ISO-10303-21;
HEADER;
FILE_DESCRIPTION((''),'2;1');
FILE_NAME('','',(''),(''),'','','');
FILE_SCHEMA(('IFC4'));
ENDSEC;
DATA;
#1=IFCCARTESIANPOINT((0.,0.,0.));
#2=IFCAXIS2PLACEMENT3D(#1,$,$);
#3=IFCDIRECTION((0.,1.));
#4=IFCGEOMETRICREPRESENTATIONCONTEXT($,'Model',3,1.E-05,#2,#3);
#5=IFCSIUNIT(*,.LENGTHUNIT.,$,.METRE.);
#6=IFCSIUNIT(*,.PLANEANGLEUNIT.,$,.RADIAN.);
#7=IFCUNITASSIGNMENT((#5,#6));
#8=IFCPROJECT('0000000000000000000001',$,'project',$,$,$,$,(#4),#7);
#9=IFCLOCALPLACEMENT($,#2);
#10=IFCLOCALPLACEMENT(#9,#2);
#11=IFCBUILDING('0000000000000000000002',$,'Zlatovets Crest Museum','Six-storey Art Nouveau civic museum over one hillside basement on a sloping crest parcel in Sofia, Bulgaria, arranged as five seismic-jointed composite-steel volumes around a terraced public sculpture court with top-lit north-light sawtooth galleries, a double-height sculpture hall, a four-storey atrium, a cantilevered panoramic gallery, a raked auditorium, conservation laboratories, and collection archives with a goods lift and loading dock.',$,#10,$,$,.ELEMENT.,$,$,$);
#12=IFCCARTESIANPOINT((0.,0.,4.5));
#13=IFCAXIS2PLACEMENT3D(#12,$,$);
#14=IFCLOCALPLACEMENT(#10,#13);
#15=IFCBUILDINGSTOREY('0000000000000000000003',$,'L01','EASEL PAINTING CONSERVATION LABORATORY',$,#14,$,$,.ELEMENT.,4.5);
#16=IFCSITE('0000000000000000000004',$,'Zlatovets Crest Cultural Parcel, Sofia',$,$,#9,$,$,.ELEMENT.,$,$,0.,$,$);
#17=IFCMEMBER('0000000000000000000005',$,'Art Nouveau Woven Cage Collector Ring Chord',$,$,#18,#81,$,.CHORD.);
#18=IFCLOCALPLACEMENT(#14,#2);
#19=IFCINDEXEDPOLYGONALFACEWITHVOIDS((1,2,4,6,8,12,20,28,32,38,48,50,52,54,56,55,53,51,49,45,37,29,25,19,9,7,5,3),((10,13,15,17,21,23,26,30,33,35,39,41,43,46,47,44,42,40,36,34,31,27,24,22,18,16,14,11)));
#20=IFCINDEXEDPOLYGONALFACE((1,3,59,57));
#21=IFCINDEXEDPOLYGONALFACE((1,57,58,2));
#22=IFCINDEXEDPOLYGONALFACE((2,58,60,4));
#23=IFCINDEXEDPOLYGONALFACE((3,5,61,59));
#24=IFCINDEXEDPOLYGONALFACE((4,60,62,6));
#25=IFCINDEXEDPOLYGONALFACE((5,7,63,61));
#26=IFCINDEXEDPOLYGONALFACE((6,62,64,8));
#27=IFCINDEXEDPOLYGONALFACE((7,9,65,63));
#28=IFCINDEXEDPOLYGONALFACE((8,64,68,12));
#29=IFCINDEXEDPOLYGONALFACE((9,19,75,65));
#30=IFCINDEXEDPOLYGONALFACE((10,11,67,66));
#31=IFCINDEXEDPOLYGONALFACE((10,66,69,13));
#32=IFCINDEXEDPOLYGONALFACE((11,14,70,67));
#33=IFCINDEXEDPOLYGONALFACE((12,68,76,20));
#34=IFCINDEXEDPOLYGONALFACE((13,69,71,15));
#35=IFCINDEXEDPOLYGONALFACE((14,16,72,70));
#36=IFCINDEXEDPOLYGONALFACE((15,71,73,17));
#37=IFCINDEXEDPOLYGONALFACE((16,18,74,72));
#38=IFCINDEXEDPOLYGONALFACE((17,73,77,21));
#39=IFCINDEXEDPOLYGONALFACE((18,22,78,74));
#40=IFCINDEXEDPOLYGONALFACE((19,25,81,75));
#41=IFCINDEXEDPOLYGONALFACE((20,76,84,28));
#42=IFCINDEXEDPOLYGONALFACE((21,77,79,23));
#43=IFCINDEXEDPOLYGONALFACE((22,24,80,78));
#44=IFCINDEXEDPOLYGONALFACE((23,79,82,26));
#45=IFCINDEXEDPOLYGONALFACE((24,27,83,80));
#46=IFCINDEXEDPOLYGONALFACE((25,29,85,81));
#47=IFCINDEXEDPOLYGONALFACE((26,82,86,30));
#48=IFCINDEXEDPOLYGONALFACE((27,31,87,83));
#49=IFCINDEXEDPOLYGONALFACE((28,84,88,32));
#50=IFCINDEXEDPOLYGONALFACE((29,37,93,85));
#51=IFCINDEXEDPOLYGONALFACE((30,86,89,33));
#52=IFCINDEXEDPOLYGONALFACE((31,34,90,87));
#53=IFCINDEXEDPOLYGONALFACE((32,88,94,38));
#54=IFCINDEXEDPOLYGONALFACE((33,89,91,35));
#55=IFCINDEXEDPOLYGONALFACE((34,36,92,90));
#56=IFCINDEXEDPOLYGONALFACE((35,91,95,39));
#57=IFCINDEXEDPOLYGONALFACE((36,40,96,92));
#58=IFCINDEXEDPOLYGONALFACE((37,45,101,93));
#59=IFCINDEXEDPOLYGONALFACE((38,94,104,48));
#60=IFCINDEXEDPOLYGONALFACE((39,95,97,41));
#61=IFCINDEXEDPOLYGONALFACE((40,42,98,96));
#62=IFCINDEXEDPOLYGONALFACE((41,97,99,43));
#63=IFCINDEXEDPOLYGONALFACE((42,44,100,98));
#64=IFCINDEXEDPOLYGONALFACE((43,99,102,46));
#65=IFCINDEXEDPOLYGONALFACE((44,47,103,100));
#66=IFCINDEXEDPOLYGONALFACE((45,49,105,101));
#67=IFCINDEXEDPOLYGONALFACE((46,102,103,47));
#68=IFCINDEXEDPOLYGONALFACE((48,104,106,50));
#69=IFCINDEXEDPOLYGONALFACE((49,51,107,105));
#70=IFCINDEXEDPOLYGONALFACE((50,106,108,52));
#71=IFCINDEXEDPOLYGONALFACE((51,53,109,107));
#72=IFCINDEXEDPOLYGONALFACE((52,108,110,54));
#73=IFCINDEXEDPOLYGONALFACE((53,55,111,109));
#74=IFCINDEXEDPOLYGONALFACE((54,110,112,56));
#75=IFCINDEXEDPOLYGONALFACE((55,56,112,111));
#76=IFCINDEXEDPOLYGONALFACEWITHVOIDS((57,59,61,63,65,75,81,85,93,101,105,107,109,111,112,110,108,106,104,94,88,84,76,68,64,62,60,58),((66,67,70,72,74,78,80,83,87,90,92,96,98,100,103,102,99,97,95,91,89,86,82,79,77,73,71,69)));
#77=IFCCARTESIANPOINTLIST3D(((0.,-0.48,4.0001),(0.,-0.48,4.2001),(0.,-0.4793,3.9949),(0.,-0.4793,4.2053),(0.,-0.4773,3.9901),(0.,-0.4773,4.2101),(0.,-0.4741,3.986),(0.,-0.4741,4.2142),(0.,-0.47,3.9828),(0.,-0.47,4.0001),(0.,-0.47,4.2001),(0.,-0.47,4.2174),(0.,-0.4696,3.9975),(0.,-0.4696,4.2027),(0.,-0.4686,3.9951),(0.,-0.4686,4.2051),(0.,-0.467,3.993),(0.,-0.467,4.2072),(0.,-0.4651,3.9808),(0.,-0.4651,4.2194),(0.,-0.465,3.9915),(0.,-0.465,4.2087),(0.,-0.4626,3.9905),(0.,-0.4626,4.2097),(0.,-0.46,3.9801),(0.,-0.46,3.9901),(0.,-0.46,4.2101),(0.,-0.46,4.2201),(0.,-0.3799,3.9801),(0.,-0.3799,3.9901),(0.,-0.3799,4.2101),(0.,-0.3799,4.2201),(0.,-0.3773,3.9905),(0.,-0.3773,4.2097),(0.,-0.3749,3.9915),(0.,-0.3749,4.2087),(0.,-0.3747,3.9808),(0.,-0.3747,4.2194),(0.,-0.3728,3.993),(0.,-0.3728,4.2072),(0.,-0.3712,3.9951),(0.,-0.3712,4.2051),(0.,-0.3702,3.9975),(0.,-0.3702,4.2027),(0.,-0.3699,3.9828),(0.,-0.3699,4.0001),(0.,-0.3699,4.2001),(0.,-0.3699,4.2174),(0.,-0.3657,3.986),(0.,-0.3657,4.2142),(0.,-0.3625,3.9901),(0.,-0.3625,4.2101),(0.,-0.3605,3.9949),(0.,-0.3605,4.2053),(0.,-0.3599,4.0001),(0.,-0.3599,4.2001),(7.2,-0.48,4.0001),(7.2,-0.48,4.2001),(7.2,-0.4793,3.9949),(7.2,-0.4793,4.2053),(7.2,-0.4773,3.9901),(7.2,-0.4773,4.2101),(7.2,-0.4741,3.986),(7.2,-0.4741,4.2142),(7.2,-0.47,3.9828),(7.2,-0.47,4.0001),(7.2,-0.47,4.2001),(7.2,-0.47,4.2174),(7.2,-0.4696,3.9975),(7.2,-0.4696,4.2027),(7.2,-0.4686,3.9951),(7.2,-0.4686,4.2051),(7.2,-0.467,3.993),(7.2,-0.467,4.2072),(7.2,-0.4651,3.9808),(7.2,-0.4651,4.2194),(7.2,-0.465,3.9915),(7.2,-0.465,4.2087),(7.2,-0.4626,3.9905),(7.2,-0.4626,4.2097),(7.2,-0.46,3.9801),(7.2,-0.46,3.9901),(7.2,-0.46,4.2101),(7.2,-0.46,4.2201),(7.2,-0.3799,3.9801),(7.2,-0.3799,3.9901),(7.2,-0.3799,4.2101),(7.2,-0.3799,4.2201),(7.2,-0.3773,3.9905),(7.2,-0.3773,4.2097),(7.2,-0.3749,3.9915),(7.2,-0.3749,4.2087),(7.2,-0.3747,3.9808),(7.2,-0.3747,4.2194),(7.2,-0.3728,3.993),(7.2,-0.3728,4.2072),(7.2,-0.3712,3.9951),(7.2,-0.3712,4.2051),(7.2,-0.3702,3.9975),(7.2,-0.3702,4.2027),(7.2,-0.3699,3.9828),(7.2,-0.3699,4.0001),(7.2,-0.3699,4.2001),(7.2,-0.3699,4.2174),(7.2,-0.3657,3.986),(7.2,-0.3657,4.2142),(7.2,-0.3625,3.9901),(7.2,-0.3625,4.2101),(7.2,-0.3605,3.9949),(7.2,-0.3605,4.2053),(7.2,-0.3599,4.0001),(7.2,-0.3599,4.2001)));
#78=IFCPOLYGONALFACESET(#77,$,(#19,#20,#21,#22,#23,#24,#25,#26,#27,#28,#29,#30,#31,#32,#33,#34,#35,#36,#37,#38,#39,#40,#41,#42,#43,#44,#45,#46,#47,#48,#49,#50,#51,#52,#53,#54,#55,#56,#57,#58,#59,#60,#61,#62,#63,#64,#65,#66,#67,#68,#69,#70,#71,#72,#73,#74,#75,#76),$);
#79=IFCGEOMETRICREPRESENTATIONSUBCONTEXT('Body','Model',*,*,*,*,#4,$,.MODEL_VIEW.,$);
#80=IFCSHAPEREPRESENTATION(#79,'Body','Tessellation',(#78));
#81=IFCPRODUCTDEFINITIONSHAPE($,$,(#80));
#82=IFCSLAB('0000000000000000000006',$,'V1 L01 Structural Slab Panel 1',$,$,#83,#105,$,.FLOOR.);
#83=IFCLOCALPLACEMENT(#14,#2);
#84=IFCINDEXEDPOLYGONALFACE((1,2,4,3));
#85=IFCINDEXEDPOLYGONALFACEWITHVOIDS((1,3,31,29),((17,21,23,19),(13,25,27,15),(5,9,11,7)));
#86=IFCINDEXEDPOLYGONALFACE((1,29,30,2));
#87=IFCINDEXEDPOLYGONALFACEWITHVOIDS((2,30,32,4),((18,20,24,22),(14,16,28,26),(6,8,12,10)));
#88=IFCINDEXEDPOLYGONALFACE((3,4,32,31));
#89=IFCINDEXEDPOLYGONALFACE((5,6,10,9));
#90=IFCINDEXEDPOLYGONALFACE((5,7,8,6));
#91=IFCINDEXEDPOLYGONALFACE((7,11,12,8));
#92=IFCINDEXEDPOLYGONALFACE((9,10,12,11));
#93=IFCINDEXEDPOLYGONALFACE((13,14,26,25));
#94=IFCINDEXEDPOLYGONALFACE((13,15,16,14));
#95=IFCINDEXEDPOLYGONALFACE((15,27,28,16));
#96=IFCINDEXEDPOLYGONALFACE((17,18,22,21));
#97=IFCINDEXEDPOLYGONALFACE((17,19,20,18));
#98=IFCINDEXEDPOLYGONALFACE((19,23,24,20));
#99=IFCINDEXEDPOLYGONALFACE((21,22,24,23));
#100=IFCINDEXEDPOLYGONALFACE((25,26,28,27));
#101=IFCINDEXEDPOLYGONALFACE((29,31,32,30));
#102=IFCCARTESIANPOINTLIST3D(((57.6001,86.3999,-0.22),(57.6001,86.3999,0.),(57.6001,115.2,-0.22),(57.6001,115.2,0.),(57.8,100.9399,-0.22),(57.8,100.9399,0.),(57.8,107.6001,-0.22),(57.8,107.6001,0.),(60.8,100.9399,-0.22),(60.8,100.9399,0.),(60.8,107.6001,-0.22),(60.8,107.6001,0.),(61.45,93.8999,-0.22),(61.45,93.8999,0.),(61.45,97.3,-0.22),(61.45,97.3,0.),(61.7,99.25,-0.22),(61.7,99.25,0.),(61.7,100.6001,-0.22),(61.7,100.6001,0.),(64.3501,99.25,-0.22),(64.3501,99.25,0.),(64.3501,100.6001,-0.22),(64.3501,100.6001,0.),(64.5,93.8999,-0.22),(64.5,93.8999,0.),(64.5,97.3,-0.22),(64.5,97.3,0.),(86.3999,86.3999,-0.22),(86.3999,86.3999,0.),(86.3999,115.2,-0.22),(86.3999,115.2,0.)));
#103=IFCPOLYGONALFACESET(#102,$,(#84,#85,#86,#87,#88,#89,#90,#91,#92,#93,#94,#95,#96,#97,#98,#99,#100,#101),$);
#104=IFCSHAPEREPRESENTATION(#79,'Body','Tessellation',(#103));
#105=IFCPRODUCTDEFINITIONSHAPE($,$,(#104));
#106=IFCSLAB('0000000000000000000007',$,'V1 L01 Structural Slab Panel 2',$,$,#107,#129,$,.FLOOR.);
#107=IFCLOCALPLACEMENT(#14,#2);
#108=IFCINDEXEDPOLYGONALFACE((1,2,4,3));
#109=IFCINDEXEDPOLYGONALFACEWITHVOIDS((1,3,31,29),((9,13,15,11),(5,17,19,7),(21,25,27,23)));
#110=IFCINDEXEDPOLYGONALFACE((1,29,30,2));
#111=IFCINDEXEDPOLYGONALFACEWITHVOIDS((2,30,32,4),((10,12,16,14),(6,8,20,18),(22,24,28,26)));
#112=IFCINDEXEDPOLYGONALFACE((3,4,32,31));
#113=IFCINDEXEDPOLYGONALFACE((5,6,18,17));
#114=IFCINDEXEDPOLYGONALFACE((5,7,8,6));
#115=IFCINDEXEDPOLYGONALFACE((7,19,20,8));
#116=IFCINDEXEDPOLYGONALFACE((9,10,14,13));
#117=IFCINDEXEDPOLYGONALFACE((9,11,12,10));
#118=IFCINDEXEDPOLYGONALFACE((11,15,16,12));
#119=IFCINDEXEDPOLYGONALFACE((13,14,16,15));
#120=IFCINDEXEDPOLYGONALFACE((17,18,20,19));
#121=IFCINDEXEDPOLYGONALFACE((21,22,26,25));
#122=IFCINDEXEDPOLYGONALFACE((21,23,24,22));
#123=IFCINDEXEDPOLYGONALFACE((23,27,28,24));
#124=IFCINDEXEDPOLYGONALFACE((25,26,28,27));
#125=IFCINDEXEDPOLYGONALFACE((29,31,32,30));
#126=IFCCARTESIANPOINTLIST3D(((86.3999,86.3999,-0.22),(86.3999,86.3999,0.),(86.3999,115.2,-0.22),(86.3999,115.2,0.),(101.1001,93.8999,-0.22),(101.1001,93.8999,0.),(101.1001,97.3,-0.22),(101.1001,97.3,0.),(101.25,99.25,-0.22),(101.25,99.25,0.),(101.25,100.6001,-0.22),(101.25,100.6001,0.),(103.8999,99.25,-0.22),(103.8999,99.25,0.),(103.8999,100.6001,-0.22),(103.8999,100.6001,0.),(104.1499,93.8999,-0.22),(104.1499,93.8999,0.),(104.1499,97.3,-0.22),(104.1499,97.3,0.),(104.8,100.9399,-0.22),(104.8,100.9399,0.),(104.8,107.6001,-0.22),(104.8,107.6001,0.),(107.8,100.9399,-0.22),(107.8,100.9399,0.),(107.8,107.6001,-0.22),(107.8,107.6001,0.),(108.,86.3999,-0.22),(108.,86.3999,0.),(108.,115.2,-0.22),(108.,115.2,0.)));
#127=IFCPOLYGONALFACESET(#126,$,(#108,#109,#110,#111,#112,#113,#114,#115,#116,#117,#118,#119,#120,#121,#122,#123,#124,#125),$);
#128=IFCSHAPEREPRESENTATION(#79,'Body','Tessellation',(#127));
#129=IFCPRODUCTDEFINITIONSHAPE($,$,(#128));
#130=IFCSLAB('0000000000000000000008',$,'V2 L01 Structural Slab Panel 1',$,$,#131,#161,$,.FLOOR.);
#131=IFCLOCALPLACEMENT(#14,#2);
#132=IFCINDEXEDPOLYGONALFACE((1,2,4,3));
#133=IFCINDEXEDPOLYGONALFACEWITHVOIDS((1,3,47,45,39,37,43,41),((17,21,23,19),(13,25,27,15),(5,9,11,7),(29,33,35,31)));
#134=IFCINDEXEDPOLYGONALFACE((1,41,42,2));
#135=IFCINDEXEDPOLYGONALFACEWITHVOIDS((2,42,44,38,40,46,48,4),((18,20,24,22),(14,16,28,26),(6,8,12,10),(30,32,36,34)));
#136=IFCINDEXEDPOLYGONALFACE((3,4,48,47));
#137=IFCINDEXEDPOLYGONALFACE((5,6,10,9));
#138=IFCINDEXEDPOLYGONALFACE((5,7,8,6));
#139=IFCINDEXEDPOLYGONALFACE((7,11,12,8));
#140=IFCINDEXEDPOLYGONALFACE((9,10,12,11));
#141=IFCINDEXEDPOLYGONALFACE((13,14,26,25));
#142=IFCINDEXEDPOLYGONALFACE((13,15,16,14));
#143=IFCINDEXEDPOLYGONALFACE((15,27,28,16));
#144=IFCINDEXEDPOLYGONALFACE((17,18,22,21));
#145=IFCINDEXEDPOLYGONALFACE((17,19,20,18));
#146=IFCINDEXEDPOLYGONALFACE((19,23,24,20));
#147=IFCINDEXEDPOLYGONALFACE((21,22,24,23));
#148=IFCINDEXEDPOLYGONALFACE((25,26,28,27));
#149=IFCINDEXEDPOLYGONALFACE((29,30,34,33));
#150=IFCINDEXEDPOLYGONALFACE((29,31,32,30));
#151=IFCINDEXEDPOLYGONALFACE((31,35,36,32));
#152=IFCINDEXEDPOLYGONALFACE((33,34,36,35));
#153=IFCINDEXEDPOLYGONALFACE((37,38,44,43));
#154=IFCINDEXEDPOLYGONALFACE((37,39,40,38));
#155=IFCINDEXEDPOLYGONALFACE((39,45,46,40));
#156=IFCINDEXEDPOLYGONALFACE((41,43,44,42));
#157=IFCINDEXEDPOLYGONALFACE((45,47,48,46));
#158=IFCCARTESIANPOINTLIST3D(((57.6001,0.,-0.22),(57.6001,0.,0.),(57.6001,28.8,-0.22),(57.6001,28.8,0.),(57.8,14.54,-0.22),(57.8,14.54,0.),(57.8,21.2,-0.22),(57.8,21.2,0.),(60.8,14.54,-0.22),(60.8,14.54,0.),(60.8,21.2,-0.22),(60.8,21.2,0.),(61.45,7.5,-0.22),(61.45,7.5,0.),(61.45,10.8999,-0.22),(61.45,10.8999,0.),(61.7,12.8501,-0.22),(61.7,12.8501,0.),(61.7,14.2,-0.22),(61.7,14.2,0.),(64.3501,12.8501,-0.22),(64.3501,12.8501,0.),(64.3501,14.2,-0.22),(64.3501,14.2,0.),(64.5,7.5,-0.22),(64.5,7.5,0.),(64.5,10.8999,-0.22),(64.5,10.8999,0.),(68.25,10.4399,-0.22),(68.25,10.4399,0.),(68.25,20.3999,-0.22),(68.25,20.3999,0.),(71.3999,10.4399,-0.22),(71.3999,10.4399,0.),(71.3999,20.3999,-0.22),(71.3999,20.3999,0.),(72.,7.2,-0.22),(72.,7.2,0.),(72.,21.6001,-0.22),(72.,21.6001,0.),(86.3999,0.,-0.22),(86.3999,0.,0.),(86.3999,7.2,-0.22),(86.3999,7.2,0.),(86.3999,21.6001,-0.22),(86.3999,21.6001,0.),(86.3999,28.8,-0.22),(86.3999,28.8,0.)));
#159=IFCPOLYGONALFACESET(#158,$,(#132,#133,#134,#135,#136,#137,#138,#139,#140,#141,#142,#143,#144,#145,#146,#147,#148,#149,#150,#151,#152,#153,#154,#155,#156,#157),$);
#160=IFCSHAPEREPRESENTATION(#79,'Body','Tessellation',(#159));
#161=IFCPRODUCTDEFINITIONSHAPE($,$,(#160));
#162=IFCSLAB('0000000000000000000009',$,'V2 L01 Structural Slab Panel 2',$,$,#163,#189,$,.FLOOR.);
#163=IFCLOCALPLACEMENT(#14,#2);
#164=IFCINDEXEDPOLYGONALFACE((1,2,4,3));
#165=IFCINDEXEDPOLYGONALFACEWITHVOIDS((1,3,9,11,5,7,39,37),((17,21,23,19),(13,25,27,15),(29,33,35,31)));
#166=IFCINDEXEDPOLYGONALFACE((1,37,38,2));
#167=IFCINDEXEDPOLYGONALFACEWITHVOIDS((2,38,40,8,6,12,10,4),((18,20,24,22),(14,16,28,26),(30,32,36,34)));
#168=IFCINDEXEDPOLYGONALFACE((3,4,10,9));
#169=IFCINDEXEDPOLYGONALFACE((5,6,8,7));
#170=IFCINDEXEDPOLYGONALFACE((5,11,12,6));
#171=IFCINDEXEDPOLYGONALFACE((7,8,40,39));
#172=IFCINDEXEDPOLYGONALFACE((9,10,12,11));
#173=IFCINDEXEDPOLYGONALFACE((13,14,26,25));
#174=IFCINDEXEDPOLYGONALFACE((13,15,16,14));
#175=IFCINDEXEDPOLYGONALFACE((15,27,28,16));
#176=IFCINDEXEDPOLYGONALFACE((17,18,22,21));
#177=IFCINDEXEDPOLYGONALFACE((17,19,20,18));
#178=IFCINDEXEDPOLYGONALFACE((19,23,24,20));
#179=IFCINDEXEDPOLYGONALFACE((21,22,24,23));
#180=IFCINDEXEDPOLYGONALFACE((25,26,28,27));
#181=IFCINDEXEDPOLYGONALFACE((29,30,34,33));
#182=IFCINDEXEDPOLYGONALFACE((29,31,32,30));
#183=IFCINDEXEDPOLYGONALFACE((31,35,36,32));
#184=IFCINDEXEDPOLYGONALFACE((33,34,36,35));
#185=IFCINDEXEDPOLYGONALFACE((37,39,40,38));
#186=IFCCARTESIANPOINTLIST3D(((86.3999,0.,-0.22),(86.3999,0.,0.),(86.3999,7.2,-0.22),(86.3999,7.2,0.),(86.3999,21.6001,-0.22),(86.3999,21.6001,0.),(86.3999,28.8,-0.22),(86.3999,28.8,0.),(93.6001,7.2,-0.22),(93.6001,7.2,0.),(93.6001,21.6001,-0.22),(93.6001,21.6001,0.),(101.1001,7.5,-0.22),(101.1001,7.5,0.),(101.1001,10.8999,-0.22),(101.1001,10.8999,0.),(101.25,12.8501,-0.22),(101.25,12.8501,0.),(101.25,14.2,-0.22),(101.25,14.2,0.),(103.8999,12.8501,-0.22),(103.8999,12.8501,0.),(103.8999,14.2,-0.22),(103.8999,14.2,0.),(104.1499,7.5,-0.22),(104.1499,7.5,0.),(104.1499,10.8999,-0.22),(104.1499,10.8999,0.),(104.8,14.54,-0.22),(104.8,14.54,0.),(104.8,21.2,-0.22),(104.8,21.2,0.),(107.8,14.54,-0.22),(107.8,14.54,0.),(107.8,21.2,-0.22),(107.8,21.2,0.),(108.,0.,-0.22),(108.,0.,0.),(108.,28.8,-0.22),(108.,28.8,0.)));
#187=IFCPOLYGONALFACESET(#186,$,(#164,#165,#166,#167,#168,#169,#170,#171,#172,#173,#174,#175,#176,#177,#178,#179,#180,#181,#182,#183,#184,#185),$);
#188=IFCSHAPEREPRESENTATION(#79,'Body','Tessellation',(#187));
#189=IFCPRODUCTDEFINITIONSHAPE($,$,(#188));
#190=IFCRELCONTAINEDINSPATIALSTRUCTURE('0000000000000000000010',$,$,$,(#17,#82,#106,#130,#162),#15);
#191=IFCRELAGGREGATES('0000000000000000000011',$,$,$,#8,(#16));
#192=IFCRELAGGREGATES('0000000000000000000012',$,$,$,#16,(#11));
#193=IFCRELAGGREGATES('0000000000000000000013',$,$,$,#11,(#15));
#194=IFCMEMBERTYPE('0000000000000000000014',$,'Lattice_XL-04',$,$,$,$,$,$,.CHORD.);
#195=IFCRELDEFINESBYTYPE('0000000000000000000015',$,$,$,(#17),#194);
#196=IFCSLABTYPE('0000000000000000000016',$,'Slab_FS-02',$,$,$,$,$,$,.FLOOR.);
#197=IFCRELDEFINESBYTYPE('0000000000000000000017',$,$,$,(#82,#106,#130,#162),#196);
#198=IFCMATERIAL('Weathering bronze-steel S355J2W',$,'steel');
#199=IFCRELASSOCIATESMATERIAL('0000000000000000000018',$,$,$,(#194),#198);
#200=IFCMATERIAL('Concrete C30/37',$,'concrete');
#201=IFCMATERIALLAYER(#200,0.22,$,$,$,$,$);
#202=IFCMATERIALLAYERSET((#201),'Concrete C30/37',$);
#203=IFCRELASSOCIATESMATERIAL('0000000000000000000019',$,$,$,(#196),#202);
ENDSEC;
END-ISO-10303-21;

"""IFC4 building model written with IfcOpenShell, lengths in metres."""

from ifc_helpers import new_model, si_unit, direction, frame, origin, origin_2d, place, context, subcontext, project, spatial, polyline, hollow_rectangle, outline, extrude, material, layer, layer_set, material_profile, profile_set, type_object, element, save


model = new_model("IFC4")

# Units and contexts
model_context = context("Model", 3, precision=1e-05, world=origin(), true_north=direction((0.0, 1.0)))
body_context = subcontext(model_context, "Body", "Model", "MODEL_VIEW")
ifc_project = project(units=[si_unit("LENGTHUNIT", "METRE"), si_unit("PLANEANGLEUNIT", "RADIAN")], contexts=[model_context])

# Site, building, storey
site_placement = place(None, origin())
site = spatial("IfcSite", under=ifc_project, at=site_placement, Name="Zlatovets Crest Cultural Parcel, Sofia", CompositionType="ELEMENT", RefElevation=0.0)
building_placement = place(site_placement, origin())
building = spatial("IfcBuilding", under=site, at=building_placement, Name="Zlatovets Crest Museum", Description="Six-storey Art Nouveau civic museum over one hillside basement on a sloping crest parcel in Sofia, Bulgaria, arranged as five seismic-jointed composite-steel volumes around a terraced public sculpture court with top-lit north-light sawtooth galleries, a double-height sculpture hall, a four-storey atrium, a cantilevered panoramic gallery, a raked auditorium, conservation laboratories, and collection archives with a goods lift and loading dock.", CompositionType="ELEMENT")
storey_placement = place(building_placement, frame((0.0, 0.0, 4.5)))
storey = spatial("IfcBuildingStorey", under=building, at=storey_placement, Name="L01", Description="EASEL PAINTING CONSERVATION LABORATORY", CompositionType="ELEMENT", Elevation=4.5)

# Member
ifc_material_1 = material(Name="Weathering bronze-steel S355J2W", Category="steel")
ifc_material_profile_1 = material_profile(ifc_material_1, hollow_rectangle(XDim=0.1201, YDim=0.24, WallThickness=0.01, InnerFilletRadius=0.01, OuterFilletRadius=0.02, at=origin_2d()), Name="RHS 120x240x10.0")
ifc_profile_set_1 = profile_set([ifc_material_profile_1], Name="Weathering bronze-steel S355J2W")
member_type_1 = type_object("IfcMemberType", Name="Lattice_XL-04", PredefinedType="CHORD", material=ifc_profile_set_1)
member_1_placement = place(storey_placement, frame((0.0, -0.4199, 4.1001), z_axis=(1.0, 0.0, 0.0), x_axis=(0.0, 1.0, 0.0)))
element("IfcMember", 1, at=member_1_placement, inside=storey, type_object=member_type_1, Name="Art Nouveau Woven Cage Collector Ring Chord", PredefinedType="CHORD", context=body_context, shape_type="SweptSolid", body=[
    extrude(hollow_rectangle(XDim=0.1201, YDim=0.24, WallThickness=0.01, InnerFilletRadius=0.01, OuterFilletRadius=0.02, at=origin_2d()), origin(), (0.0, 0.0, 1.0), 7.2),
])

# Slabs
ifc_material_2 = material(Name="Concrete C30/37", Category="concrete")
ifc_layer_1 = layer(ifc_material_2, 0.22)
ifc_layer_set_1 = layer_set([ifc_layer_1], Name="Concrete C30/37")
slab_type_1 = type_object("IfcSlabType", Name="Slab_FS-02", PredefinedType="FLOOR", material=ifc_layer_set_1)
slab_1_placement = place(storey_placement, frame((0.0, 0.0, -0.22)))
element("IfcSlab", 2, at=slab_1_placement, inside=storey, type_object=slab_type_1, Name="V1 L01 Structural Slab Panel 1", PredefinedType="FLOOR", context=body_context, shape_type="SweptSolid", body=[
    extrude(outline(polyline([(86.3999, 115.2), (86.3999, 86.3999), (57.6001, 86.3999), (57.6001, 115.2), (86.3999, 115.2)]), holes=[polyline([(57.8, 107.6001), (57.8, 100.9399), (60.8, 100.9399), (60.8, 107.6001), (57.8, 107.6001)]), polyline([(64.5, 93.8999), (64.5, 97.3), (61.45, 97.3), (61.45, 93.8999), (64.5, 93.8999)]), polyline([(61.7, 99.25), (64.3501, 99.25), (64.3501, 100.6001), (61.7, 100.6001), (61.7, 99.25)])]), origin(), (0.0, 0.0, 1.0), 0.22),
])
slab_2_placement = place(storey_placement, frame((0.0, 0.0, -0.22)))
element("IfcSlab", 3, at=slab_2_placement, inside=storey, type_object=slab_type_1, Name="V1 L01 Structural Slab Panel 2", PredefinedType="FLOOR", context=body_context, shape_type="SweptSolid", body=[
    extrude(outline(polyline([(86.3999, 86.3999), (86.3999, 115.2), (108.0, 115.2), (108.0, 86.3999), (86.3999, 86.3999)]), holes=[polyline([(107.8, 107.6001), (104.8, 107.6001), (104.8, 100.9399), (107.8, 100.9399), (107.8, 107.6001)]), polyline([(101.1001, 97.3), (101.1001, 93.8999), (104.1499, 93.8999), (104.1499, 97.3), (101.1001, 97.3)]), polyline([(103.8999, 100.6001), (101.25, 100.6001), (101.25, 99.25), (103.8999, 99.25), (103.8999, 100.6001)])]), origin(), (0.0, 0.0, 1.0), 0.22),
])
slab_3_placement = place(storey_placement, frame((0.0, 0.0, -0.22)))
element("IfcSlab", 4, at=slab_3_placement, inside=storey, type_object=slab_type_1, Name="V2 L01 Structural Slab Panel 1", PredefinedType="FLOOR", context=body_context, shape_type="SweptSolid", body=[
    extrude(outline(polyline([(57.6001, 0.0), (57.6001, 28.8), (86.3999, 28.8), (86.3999, 21.6001), (72.0, 21.6001), (72.0, 7.2), (86.3999, 7.2), (86.3999, 0.0), (57.6001, 0.0)]), holes=[polyline([(57.8, 14.54), (60.8, 14.54), (60.8, 21.2), (57.8, 21.2), (57.8, 14.54)]), polyline([(71.3999, 20.3999), (68.25, 20.3999), (68.25, 10.4399), (71.3999, 10.4399), (71.3999, 20.3999)]), polyline([(64.5, 7.5), (64.5, 10.8999), (61.45, 10.8999), (61.45, 7.5), (64.5, 7.5)]), polyline([(61.7, 12.8501), (64.3501, 12.8501), (64.3501, 14.2), (61.7, 14.2), (61.7, 12.8501)])]), origin(), (0.0, 0.0, 1.0), 0.22),
])
slab_4_placement = place(storey_placement, frame((0.0, 0.0, -0.22)))
element("IfcSlab", 5, at=slab_4_placement, inside=storey, type_object=slab_type_1, Name="V2 L01 Structural Slab Panel 2", PredefinedType="FLOOR", context=body_context, shape_type="SweptSolid", body=[
    extrude(outline(polyline([(108.0, 28.8), (108.0, 0.0), (86.3999, 0.0), (86.3999, 7.2), (93.6001, 7.2), (93.6001, 21.6001), (86.3999, 21.6001), (86.3999, 28.8), (108.0, 28.8)]), holes=[polyline([(104.8, 21.2), (104.8, 14.54), (107.8, 14.54), (107.8, 21.2), (104.8, 21.2)]), polyline([(101.1001, 10.8999), (101.1001, 7.5), (104.1499, 7.5), (104.1499, 10.8999), (101.1001, 10.8999)]), polyline([(103.8999, 14.2), (101.25, 14.2), (101.25, 12.8501), (103.8999, 12.8501), (103.8999, 14.2)])]), origin(), (0.0, 0.0, 1.0), 0.22),
])

save(model, "model.ifc")
